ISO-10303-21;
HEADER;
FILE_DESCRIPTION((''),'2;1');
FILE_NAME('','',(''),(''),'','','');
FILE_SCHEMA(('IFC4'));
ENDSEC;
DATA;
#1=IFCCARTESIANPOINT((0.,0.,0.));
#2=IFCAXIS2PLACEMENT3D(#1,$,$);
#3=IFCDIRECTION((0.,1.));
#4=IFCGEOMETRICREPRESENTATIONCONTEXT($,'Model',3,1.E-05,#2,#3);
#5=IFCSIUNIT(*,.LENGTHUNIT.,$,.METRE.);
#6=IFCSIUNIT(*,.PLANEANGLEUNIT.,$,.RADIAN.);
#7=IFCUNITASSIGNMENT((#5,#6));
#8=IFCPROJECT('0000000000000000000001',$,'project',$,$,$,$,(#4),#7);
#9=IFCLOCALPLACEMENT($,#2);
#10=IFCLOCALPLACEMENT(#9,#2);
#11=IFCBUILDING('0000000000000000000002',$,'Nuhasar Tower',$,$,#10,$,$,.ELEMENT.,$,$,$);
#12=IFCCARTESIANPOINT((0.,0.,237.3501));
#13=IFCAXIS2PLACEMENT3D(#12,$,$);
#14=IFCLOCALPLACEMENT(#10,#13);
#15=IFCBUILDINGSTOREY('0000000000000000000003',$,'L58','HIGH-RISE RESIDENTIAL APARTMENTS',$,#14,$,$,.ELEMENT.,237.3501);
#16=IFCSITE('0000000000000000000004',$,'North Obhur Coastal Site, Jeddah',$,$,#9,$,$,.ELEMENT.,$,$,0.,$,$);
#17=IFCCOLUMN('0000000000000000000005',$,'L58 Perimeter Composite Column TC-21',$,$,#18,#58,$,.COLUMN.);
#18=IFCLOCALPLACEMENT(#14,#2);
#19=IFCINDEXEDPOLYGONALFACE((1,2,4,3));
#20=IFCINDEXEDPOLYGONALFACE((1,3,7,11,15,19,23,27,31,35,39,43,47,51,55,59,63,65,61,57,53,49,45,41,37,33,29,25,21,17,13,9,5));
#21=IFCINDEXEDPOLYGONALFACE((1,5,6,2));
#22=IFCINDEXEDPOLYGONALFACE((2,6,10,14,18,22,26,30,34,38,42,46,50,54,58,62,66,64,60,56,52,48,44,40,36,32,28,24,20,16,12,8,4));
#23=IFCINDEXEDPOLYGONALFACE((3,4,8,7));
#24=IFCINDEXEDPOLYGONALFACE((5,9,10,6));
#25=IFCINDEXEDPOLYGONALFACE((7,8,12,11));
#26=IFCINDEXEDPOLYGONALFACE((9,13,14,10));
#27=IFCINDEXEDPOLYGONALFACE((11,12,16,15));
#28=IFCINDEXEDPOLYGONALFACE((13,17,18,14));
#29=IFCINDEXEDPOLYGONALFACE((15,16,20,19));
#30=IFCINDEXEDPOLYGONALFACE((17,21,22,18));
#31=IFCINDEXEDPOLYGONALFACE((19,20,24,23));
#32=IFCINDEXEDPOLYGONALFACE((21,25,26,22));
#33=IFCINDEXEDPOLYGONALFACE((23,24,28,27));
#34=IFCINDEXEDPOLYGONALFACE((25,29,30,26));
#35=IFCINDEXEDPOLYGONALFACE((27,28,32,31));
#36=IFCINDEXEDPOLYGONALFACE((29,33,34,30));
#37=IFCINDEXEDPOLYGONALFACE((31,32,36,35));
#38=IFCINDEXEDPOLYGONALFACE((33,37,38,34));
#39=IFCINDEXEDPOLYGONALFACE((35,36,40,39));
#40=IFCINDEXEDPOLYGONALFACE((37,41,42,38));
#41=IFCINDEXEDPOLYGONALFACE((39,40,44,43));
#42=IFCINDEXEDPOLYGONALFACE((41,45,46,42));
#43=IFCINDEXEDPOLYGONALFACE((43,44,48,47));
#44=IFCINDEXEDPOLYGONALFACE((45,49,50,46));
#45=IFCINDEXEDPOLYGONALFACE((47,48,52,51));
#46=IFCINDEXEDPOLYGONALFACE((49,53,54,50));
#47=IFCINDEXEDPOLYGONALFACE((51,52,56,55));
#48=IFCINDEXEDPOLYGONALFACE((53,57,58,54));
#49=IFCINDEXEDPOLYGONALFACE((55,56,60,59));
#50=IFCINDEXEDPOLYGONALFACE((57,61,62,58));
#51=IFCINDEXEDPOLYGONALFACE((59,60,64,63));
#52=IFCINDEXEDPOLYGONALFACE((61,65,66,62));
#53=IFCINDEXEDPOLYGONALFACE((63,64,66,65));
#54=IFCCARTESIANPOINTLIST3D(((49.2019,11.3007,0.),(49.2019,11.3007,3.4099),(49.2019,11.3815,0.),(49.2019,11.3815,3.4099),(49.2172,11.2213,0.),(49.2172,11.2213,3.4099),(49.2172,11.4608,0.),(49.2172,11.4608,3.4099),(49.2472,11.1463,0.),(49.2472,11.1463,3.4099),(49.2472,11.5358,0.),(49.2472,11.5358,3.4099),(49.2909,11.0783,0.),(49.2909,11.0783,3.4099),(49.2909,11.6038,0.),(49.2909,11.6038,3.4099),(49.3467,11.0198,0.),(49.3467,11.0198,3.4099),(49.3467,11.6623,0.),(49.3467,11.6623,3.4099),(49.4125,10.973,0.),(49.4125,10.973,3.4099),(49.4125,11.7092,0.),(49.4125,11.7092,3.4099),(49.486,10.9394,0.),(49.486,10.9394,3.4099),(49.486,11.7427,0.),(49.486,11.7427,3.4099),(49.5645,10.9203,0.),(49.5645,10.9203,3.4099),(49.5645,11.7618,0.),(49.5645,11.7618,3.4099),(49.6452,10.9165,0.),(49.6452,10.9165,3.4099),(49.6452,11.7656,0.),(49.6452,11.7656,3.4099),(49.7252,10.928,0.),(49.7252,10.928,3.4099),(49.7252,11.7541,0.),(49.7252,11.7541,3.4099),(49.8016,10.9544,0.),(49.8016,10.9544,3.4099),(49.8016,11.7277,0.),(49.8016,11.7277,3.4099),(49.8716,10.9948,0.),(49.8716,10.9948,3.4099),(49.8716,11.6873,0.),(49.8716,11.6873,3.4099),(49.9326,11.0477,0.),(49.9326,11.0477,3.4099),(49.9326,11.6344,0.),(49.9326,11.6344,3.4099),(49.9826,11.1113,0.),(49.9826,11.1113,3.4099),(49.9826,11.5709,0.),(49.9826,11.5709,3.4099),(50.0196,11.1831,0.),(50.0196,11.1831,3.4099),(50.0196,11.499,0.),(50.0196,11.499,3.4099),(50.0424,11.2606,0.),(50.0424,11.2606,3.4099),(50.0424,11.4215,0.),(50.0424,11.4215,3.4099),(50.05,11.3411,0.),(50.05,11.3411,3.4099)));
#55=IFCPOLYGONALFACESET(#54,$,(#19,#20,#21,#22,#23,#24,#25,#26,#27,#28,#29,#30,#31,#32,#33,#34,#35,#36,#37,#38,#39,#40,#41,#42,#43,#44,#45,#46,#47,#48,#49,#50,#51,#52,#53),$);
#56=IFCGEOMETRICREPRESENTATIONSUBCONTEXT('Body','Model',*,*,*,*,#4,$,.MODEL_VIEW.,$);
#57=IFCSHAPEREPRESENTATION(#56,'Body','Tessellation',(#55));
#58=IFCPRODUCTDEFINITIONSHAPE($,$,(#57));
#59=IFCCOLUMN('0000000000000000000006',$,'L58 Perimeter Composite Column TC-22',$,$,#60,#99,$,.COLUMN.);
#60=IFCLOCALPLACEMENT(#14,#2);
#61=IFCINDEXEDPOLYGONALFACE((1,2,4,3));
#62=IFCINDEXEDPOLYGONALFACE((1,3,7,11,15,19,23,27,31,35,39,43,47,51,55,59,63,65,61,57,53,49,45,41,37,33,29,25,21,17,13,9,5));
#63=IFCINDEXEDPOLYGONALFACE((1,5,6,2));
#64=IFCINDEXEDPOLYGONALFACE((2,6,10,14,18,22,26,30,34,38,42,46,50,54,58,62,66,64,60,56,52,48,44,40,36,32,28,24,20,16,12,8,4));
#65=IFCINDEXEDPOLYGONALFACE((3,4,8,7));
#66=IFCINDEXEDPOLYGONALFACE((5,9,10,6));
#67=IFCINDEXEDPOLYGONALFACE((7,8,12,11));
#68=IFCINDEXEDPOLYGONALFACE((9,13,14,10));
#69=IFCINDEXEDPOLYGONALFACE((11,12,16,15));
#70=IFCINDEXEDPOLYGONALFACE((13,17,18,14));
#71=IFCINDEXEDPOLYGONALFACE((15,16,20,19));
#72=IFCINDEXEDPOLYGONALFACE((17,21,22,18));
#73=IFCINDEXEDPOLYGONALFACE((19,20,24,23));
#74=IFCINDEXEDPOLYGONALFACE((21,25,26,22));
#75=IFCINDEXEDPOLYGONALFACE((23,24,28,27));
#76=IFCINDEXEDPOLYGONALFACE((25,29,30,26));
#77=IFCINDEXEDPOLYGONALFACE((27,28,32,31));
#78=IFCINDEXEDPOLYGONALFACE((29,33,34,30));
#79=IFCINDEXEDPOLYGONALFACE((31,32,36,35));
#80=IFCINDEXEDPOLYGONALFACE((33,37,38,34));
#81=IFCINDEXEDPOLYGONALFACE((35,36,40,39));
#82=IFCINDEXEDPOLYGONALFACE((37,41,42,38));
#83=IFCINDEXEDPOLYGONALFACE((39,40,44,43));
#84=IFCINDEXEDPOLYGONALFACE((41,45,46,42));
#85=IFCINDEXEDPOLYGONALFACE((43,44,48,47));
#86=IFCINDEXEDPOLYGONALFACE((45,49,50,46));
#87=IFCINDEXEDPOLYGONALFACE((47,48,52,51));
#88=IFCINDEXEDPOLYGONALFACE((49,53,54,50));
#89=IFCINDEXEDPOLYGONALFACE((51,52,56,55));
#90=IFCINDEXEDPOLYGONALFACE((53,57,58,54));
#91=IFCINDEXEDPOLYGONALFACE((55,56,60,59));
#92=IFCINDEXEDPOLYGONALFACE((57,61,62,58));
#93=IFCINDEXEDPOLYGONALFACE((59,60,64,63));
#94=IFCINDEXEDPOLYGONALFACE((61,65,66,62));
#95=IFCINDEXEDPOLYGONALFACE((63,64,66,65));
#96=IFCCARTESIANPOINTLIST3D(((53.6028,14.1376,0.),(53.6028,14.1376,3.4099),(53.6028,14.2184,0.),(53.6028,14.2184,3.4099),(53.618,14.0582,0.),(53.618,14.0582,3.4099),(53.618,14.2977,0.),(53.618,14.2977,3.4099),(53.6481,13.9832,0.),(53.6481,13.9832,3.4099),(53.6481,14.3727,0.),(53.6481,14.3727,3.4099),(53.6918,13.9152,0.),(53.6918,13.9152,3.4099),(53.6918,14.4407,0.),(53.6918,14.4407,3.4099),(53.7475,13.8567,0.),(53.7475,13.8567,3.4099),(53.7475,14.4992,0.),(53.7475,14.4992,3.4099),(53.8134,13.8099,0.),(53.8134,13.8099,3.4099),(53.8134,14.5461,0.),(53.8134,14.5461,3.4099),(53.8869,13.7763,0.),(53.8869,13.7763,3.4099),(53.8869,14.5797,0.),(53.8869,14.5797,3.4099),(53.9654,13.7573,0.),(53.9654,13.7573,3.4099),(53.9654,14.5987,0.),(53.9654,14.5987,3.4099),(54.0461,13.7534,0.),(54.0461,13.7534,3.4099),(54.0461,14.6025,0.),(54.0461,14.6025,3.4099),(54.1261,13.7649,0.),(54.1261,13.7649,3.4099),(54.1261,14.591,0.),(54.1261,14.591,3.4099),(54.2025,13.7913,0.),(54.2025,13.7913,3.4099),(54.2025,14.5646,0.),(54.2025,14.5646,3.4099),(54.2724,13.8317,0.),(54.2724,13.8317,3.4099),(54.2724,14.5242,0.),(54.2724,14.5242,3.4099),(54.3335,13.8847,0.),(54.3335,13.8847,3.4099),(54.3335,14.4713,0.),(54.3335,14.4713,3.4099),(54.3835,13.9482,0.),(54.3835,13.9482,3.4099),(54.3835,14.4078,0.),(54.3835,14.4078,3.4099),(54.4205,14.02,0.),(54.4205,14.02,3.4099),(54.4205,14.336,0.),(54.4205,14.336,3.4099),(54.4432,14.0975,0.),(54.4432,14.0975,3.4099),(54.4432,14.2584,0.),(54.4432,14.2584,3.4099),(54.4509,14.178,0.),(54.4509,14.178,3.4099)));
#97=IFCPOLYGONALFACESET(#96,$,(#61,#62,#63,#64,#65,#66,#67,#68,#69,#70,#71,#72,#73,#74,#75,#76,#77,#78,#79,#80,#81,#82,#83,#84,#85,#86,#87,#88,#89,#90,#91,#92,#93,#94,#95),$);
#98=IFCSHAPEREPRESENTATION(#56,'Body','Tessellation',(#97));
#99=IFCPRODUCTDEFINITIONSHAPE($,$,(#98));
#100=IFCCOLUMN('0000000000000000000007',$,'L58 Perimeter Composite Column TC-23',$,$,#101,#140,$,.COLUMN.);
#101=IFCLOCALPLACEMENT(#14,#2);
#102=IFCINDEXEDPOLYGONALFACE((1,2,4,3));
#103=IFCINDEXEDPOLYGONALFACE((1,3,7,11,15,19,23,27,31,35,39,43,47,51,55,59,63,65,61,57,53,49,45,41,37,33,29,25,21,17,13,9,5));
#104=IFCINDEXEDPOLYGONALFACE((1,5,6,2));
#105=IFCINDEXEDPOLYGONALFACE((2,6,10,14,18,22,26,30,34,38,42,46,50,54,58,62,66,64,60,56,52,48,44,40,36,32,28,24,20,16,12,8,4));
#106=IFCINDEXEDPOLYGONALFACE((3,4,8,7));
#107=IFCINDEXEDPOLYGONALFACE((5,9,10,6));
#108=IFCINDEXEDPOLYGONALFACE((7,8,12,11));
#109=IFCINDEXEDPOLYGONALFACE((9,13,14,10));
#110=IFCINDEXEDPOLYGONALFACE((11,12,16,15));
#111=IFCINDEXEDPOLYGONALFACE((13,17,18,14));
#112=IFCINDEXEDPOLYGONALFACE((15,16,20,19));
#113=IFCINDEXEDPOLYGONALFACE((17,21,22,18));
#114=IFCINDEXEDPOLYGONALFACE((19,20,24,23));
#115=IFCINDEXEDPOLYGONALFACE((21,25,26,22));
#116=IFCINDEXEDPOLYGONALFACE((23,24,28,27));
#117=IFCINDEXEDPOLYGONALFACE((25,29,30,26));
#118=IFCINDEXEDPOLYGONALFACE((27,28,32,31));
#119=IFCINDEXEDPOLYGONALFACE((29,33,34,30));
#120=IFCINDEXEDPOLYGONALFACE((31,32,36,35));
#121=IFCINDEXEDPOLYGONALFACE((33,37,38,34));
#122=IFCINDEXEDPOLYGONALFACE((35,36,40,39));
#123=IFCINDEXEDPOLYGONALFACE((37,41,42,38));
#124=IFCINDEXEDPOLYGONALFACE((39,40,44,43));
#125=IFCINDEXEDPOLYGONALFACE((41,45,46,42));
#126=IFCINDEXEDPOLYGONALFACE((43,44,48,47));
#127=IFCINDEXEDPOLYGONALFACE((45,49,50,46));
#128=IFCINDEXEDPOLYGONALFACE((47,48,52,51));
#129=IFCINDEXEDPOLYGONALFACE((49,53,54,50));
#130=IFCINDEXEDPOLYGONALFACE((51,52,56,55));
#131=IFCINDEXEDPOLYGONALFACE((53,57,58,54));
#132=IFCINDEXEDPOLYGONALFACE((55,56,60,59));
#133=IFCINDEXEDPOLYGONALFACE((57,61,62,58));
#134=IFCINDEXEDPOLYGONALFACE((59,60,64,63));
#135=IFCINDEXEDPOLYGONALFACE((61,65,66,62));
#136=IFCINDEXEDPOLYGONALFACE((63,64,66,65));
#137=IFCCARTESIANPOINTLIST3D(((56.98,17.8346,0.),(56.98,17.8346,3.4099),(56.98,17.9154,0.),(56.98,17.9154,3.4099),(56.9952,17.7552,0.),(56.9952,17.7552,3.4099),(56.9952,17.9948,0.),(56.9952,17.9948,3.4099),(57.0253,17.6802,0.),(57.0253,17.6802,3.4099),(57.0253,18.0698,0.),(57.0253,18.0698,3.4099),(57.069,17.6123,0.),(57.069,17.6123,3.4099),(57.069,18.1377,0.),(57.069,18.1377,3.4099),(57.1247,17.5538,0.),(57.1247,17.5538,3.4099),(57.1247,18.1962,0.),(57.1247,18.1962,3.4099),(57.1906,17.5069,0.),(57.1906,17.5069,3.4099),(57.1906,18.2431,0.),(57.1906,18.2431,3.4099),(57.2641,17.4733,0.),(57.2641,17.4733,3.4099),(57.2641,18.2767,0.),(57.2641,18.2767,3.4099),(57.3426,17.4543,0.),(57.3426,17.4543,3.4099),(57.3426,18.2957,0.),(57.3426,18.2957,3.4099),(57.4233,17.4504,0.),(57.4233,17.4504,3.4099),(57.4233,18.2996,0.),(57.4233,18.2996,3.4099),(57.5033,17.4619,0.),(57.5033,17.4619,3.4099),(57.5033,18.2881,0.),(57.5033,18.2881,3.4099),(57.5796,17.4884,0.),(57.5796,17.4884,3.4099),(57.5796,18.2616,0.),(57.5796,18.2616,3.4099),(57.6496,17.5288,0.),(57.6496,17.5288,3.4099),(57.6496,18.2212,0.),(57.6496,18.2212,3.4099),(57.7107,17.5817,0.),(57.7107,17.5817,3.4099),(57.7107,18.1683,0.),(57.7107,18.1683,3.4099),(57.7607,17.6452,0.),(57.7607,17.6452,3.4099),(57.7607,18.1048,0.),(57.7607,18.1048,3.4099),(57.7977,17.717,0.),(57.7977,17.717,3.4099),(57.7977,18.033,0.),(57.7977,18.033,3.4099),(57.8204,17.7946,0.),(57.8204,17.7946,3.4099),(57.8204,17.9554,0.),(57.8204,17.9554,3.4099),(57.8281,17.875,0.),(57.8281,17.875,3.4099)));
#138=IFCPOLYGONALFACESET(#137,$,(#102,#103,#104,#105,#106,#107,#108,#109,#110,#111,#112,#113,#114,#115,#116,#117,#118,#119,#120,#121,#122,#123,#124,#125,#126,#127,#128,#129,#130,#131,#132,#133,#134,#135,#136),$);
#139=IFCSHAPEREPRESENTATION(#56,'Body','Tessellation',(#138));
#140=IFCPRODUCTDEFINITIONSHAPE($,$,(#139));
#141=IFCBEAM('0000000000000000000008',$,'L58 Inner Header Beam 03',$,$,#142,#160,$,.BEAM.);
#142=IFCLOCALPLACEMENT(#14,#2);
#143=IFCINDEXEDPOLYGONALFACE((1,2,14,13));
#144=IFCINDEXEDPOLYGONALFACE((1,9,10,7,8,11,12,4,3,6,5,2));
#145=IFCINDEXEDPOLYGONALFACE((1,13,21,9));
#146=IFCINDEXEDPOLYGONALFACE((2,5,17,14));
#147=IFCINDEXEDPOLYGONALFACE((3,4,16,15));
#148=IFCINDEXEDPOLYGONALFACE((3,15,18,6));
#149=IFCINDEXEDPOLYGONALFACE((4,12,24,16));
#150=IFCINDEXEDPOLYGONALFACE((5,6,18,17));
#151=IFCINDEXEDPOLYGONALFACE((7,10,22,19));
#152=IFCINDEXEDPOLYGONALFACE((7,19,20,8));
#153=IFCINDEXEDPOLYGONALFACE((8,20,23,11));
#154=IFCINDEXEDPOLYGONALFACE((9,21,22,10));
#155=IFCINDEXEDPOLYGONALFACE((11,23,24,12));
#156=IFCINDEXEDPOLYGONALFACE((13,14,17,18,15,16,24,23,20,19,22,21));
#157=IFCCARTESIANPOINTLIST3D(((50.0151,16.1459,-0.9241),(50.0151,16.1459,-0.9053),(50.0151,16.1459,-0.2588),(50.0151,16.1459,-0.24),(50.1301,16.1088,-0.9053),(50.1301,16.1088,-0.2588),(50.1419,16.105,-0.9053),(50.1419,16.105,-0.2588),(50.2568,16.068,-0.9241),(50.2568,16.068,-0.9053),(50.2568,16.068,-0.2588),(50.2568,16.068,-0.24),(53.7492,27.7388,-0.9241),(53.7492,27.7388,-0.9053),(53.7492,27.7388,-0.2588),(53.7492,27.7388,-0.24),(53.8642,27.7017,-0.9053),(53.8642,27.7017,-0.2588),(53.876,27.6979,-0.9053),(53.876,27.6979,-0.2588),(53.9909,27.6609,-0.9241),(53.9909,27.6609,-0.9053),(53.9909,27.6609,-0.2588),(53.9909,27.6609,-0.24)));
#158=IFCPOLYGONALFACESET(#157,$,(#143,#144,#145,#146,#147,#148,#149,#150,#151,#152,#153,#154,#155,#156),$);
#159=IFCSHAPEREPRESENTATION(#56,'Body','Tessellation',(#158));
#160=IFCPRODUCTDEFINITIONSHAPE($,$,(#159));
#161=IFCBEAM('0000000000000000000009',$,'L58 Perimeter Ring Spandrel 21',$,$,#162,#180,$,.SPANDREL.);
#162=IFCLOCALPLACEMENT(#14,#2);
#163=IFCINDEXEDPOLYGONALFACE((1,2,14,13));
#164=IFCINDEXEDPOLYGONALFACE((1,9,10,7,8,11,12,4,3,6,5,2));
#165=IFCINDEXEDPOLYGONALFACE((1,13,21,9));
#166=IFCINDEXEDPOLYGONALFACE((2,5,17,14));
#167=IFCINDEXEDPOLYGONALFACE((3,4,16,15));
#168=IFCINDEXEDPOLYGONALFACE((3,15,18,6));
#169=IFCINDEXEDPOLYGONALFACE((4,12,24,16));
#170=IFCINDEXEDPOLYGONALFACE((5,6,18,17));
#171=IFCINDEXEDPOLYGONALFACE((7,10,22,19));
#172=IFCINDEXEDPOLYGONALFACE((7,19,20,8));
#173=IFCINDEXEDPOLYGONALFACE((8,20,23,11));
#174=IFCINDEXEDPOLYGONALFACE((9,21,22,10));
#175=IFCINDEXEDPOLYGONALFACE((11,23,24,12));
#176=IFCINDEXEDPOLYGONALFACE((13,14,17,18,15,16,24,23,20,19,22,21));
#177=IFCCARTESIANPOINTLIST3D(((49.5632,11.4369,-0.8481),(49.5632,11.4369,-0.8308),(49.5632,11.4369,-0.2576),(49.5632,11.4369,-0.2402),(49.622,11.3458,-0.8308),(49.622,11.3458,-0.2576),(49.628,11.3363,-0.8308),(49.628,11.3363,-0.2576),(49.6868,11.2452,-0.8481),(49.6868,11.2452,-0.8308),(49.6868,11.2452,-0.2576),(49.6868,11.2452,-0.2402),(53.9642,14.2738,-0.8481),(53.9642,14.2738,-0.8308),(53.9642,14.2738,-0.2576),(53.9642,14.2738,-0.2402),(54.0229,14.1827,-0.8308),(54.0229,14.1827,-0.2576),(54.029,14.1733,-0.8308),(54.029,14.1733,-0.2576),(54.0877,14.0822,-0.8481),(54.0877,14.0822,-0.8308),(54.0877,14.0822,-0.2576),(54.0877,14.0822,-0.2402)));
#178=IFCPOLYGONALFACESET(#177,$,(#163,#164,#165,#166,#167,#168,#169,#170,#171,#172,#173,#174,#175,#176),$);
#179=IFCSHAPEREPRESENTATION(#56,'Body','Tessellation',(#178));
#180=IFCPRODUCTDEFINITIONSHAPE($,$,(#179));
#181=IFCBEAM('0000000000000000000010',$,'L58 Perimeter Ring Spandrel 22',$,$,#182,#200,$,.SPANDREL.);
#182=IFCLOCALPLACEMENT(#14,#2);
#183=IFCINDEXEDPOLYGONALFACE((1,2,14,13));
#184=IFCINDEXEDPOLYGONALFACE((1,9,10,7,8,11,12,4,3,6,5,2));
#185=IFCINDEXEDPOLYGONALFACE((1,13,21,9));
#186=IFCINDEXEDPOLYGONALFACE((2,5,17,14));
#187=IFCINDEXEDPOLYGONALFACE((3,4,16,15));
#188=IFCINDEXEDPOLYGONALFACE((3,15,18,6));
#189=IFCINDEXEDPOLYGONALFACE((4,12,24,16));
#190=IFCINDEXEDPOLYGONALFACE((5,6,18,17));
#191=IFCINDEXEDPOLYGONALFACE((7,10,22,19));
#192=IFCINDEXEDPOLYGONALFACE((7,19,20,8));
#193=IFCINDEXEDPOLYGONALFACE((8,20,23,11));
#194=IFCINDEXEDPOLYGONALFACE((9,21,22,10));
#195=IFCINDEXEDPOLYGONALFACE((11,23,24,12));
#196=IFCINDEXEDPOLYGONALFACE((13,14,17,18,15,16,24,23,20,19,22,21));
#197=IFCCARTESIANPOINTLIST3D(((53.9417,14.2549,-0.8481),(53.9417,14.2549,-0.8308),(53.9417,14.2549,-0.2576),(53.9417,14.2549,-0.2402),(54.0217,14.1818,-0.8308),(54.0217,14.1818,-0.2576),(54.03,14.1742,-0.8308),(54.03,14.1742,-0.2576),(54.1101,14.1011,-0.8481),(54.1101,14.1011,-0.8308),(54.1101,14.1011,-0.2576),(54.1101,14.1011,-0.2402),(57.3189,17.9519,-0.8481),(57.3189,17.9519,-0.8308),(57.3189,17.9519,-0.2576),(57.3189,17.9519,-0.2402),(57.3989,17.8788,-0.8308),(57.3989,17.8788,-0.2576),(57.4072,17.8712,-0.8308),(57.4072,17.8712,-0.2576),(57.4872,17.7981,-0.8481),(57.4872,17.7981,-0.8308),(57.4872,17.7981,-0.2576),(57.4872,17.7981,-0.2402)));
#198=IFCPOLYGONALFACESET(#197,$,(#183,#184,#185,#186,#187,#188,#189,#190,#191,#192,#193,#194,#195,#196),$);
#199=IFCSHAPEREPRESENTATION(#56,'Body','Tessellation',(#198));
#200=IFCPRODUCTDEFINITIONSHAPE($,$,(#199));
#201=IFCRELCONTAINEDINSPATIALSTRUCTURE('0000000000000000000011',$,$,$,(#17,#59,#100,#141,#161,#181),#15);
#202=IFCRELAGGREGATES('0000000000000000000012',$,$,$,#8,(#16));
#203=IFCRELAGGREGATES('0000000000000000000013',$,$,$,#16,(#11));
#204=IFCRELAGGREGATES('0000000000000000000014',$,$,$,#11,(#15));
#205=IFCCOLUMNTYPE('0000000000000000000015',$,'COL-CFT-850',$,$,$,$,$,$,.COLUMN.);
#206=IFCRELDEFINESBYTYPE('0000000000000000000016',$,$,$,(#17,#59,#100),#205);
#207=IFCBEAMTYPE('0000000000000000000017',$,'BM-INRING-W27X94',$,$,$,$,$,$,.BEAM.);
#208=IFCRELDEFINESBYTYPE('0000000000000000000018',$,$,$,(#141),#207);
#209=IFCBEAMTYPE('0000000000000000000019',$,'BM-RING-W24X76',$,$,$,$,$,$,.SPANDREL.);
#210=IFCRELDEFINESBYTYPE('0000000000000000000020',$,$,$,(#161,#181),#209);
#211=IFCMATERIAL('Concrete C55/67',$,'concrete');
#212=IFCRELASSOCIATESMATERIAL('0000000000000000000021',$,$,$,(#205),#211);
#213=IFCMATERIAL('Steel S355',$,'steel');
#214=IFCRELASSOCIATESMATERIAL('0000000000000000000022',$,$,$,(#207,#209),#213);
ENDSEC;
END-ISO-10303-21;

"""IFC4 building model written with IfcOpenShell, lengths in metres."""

from ifc_helpers import new_model, si_unit, direction, frame, origin, origin_2d, place, context, subcontext, project, spatial, circle, i_section, extrude, material, material_profile, profile_set, type_object, element, save


model = new_model("IFC4")

# Units and contexts
model_context = context("Model", 3, precision=1e-05, world=origin(), true_north=direction((0.0, 1.0)))
body_context = subcontext(model_context, "Body", "Model", "MODEL_VIEW")
ifc_project = project(units=[si_unit("LENGTHUNIT", "METRE"), si_unit("PLANEANGLEUNIT", "RADIAN")], contexts=[model_context])

# Site, building, storey
site_placement = place(None, origin())
site = spatial("IfcSite", under=ifc_project, at=site_placement, Name="North Obhur Coastal Site, Jeddah", CompositionType="ELEMENT", RefElevation=0.0)
building_placement = place(site_placement, origin())
building = spatial("IfcBuilding", under=site, at=building_placement, Name="Nuhasar Tower", CompositionType="ELEMENT")
storey_placement = place(building_placement, frame((0.0, 0.0, 237.3501)))
storey = spatial("IfcBuildingStorey", under=building, at=storey_placement, Name="L58", Description="HIGH-RISE RESIDENTIAL APARTMENTS", CompositionType="ELEMENT", Elevation=237.3501)

# Columns
ifc_material_1 = material(Name="Concrete C55/67", Category="concrete")
ifc_material_profile_1 = material_profile(ifc_material_1, circle(Radius=0.425, at=origin_2d()), Name="CFT850")
ifc_profile_set_1 = profile_set([ifc_material_profile_1], Name="Concrete C55/67")
column_type = type_object("IfcColumnType", Name="COL-CFT-850", PredefinedType="COLUMN", material=ifc_profile_set_1)
for number, where, z_axis, x_axis, name in (
    (1, (49.625, 11.3411, 0.0), (0.0, 0.0, 1.0), (1.0, 0.0, 0.0), "L58 Perimeter Composite Column TC-21"),
    (2, (54.0259, 14.178, 0.0), (0.0, 0.0, 1.0), (1.0, 0.0, 0.0), "L58 Perimeter Composite Column TC-22"),
    (3, (57.4031, 17.875, 0.0), (0.0, 0.0, 1.0), (1.0, 0.0, 0.0), "L58 Perimeter Composite Column TC-23"),
):
    element("IfcColumn", number, at=place(storey_placement, frame(where, z_axis=z_axis, x_axis=x_axis)), inside=storey, type_object=column_type, Name=name, PredefinedType="COLUMN", context=body_context, shape_type="SweptSolid", body=[
        extrude(circle(Radius=0.425, at=origin_2d()), origin(), (0.0, 0.0, 1.0), 3.4099),
    ])

# Beams
ifc_material_2 = material(Name="Steel S355", Category="steel")
ifc_material_profile_2 = material_profile(ifc_material_2, i_section(OverallWidth=0.2539, OverallDepth=0.6841, WebThickness=0.0125, FlangeThickness=0.0188, at=origin_2d()), Name="W27X94")
ifc_profile_set_2 = profile_set([ifc_material_profile_2], Name="Steel S355")
beam_type_1 = type_object("IfcBeamType", Name="BM-INRING-W27X94", PredefinedType="BEAM", material=ifc_profile_set_2)
beam_1_placement = place(storey_placement, frame((50.136, 16.1069, -0.582), z_axis=(0.30659, 0.951842, 0.0), x_axis=(-0.951842, 0.30659, 0.0)))
element("IfcBeam", 4, at=beam_1_placement, inside=storey, type_object=beam_type_1, Name="L58 Inner Header Beam 03", PredefinedType="BEAM", context=body_context, shape_type="SweptSolid", body=[
    extrude(i_section(OverallWidth=0.2539, OverallDepth=0.6841, WebThickness=0.0125, FlangeThickness=0.0188, at=origin_2d()), origin(), (0.0, 0.0, 1.0), 12.1794),
])
ifc_material_profile_3 = material_profile(ifc_material_2, i_section(OverallWidth=0.228, OverallDepth=0.6079, WebThickness=0.0112, FlangeThickness=0.0173, at=origin_2d()), Name="W24X76")
ifc_profile_set_3 = profile_set([ifc_material_profile_3], Name="Steel S355")
beam_type_2 = type_object("IfcBeamType", Name="BM-RING-W24X76", PredefinedType="SPANDREL", material=ifc_profile_set_3)
beam_2_placement = place(storey_placement, frame((49.625, 11.3411, -0.5442), z_axis=(0.840502, 0.541808, 0.0), x_axis=(-0.541808, 0.840502, 0.0)))
element("IfcBeam", 5, at=beam_2_placement, inside=storey, type_object=beam_type_2, Name="L58 Perimeter Ring Spandrel 21", PredefinedType="SPANDREL", context=body_context, shape_type="SweptSolid", body=[
    extrude(i_section(OverallWidth=0.228, OverallDepth=0.6079, WebThickness=0.0112, FlangeThickness=0.0173, at=origin_2d()), origin(), (0.0, 0.0, 1.0), 5.2361),
])
beam_3_placement = place(storey_placement, frame((54.0259, 14.178, -0.5442), z_axis=(0.67445, 0.738321, 0.0), x_axis=(-0.738321, 0.67445, 0.0)))
element("IfcBeam", 6, at=beam_3_placement, inside=storey, type_object=beam_type_2, Name="L58 Perimeter Ring Spandrel 22", PredefinedType="SPANDREL", context=body_context, shape_type="SweptSolid", body=[
    extrude(i_section(OverallWidth=0.228, OverallDepth=0.6079, WebThickness=0.0112, FlangeThickness=0.0173, at=origin_2d()), origin(), (0.0, 0.0, 1.0), 5.0073),
])

save(model, "model.ifc")
